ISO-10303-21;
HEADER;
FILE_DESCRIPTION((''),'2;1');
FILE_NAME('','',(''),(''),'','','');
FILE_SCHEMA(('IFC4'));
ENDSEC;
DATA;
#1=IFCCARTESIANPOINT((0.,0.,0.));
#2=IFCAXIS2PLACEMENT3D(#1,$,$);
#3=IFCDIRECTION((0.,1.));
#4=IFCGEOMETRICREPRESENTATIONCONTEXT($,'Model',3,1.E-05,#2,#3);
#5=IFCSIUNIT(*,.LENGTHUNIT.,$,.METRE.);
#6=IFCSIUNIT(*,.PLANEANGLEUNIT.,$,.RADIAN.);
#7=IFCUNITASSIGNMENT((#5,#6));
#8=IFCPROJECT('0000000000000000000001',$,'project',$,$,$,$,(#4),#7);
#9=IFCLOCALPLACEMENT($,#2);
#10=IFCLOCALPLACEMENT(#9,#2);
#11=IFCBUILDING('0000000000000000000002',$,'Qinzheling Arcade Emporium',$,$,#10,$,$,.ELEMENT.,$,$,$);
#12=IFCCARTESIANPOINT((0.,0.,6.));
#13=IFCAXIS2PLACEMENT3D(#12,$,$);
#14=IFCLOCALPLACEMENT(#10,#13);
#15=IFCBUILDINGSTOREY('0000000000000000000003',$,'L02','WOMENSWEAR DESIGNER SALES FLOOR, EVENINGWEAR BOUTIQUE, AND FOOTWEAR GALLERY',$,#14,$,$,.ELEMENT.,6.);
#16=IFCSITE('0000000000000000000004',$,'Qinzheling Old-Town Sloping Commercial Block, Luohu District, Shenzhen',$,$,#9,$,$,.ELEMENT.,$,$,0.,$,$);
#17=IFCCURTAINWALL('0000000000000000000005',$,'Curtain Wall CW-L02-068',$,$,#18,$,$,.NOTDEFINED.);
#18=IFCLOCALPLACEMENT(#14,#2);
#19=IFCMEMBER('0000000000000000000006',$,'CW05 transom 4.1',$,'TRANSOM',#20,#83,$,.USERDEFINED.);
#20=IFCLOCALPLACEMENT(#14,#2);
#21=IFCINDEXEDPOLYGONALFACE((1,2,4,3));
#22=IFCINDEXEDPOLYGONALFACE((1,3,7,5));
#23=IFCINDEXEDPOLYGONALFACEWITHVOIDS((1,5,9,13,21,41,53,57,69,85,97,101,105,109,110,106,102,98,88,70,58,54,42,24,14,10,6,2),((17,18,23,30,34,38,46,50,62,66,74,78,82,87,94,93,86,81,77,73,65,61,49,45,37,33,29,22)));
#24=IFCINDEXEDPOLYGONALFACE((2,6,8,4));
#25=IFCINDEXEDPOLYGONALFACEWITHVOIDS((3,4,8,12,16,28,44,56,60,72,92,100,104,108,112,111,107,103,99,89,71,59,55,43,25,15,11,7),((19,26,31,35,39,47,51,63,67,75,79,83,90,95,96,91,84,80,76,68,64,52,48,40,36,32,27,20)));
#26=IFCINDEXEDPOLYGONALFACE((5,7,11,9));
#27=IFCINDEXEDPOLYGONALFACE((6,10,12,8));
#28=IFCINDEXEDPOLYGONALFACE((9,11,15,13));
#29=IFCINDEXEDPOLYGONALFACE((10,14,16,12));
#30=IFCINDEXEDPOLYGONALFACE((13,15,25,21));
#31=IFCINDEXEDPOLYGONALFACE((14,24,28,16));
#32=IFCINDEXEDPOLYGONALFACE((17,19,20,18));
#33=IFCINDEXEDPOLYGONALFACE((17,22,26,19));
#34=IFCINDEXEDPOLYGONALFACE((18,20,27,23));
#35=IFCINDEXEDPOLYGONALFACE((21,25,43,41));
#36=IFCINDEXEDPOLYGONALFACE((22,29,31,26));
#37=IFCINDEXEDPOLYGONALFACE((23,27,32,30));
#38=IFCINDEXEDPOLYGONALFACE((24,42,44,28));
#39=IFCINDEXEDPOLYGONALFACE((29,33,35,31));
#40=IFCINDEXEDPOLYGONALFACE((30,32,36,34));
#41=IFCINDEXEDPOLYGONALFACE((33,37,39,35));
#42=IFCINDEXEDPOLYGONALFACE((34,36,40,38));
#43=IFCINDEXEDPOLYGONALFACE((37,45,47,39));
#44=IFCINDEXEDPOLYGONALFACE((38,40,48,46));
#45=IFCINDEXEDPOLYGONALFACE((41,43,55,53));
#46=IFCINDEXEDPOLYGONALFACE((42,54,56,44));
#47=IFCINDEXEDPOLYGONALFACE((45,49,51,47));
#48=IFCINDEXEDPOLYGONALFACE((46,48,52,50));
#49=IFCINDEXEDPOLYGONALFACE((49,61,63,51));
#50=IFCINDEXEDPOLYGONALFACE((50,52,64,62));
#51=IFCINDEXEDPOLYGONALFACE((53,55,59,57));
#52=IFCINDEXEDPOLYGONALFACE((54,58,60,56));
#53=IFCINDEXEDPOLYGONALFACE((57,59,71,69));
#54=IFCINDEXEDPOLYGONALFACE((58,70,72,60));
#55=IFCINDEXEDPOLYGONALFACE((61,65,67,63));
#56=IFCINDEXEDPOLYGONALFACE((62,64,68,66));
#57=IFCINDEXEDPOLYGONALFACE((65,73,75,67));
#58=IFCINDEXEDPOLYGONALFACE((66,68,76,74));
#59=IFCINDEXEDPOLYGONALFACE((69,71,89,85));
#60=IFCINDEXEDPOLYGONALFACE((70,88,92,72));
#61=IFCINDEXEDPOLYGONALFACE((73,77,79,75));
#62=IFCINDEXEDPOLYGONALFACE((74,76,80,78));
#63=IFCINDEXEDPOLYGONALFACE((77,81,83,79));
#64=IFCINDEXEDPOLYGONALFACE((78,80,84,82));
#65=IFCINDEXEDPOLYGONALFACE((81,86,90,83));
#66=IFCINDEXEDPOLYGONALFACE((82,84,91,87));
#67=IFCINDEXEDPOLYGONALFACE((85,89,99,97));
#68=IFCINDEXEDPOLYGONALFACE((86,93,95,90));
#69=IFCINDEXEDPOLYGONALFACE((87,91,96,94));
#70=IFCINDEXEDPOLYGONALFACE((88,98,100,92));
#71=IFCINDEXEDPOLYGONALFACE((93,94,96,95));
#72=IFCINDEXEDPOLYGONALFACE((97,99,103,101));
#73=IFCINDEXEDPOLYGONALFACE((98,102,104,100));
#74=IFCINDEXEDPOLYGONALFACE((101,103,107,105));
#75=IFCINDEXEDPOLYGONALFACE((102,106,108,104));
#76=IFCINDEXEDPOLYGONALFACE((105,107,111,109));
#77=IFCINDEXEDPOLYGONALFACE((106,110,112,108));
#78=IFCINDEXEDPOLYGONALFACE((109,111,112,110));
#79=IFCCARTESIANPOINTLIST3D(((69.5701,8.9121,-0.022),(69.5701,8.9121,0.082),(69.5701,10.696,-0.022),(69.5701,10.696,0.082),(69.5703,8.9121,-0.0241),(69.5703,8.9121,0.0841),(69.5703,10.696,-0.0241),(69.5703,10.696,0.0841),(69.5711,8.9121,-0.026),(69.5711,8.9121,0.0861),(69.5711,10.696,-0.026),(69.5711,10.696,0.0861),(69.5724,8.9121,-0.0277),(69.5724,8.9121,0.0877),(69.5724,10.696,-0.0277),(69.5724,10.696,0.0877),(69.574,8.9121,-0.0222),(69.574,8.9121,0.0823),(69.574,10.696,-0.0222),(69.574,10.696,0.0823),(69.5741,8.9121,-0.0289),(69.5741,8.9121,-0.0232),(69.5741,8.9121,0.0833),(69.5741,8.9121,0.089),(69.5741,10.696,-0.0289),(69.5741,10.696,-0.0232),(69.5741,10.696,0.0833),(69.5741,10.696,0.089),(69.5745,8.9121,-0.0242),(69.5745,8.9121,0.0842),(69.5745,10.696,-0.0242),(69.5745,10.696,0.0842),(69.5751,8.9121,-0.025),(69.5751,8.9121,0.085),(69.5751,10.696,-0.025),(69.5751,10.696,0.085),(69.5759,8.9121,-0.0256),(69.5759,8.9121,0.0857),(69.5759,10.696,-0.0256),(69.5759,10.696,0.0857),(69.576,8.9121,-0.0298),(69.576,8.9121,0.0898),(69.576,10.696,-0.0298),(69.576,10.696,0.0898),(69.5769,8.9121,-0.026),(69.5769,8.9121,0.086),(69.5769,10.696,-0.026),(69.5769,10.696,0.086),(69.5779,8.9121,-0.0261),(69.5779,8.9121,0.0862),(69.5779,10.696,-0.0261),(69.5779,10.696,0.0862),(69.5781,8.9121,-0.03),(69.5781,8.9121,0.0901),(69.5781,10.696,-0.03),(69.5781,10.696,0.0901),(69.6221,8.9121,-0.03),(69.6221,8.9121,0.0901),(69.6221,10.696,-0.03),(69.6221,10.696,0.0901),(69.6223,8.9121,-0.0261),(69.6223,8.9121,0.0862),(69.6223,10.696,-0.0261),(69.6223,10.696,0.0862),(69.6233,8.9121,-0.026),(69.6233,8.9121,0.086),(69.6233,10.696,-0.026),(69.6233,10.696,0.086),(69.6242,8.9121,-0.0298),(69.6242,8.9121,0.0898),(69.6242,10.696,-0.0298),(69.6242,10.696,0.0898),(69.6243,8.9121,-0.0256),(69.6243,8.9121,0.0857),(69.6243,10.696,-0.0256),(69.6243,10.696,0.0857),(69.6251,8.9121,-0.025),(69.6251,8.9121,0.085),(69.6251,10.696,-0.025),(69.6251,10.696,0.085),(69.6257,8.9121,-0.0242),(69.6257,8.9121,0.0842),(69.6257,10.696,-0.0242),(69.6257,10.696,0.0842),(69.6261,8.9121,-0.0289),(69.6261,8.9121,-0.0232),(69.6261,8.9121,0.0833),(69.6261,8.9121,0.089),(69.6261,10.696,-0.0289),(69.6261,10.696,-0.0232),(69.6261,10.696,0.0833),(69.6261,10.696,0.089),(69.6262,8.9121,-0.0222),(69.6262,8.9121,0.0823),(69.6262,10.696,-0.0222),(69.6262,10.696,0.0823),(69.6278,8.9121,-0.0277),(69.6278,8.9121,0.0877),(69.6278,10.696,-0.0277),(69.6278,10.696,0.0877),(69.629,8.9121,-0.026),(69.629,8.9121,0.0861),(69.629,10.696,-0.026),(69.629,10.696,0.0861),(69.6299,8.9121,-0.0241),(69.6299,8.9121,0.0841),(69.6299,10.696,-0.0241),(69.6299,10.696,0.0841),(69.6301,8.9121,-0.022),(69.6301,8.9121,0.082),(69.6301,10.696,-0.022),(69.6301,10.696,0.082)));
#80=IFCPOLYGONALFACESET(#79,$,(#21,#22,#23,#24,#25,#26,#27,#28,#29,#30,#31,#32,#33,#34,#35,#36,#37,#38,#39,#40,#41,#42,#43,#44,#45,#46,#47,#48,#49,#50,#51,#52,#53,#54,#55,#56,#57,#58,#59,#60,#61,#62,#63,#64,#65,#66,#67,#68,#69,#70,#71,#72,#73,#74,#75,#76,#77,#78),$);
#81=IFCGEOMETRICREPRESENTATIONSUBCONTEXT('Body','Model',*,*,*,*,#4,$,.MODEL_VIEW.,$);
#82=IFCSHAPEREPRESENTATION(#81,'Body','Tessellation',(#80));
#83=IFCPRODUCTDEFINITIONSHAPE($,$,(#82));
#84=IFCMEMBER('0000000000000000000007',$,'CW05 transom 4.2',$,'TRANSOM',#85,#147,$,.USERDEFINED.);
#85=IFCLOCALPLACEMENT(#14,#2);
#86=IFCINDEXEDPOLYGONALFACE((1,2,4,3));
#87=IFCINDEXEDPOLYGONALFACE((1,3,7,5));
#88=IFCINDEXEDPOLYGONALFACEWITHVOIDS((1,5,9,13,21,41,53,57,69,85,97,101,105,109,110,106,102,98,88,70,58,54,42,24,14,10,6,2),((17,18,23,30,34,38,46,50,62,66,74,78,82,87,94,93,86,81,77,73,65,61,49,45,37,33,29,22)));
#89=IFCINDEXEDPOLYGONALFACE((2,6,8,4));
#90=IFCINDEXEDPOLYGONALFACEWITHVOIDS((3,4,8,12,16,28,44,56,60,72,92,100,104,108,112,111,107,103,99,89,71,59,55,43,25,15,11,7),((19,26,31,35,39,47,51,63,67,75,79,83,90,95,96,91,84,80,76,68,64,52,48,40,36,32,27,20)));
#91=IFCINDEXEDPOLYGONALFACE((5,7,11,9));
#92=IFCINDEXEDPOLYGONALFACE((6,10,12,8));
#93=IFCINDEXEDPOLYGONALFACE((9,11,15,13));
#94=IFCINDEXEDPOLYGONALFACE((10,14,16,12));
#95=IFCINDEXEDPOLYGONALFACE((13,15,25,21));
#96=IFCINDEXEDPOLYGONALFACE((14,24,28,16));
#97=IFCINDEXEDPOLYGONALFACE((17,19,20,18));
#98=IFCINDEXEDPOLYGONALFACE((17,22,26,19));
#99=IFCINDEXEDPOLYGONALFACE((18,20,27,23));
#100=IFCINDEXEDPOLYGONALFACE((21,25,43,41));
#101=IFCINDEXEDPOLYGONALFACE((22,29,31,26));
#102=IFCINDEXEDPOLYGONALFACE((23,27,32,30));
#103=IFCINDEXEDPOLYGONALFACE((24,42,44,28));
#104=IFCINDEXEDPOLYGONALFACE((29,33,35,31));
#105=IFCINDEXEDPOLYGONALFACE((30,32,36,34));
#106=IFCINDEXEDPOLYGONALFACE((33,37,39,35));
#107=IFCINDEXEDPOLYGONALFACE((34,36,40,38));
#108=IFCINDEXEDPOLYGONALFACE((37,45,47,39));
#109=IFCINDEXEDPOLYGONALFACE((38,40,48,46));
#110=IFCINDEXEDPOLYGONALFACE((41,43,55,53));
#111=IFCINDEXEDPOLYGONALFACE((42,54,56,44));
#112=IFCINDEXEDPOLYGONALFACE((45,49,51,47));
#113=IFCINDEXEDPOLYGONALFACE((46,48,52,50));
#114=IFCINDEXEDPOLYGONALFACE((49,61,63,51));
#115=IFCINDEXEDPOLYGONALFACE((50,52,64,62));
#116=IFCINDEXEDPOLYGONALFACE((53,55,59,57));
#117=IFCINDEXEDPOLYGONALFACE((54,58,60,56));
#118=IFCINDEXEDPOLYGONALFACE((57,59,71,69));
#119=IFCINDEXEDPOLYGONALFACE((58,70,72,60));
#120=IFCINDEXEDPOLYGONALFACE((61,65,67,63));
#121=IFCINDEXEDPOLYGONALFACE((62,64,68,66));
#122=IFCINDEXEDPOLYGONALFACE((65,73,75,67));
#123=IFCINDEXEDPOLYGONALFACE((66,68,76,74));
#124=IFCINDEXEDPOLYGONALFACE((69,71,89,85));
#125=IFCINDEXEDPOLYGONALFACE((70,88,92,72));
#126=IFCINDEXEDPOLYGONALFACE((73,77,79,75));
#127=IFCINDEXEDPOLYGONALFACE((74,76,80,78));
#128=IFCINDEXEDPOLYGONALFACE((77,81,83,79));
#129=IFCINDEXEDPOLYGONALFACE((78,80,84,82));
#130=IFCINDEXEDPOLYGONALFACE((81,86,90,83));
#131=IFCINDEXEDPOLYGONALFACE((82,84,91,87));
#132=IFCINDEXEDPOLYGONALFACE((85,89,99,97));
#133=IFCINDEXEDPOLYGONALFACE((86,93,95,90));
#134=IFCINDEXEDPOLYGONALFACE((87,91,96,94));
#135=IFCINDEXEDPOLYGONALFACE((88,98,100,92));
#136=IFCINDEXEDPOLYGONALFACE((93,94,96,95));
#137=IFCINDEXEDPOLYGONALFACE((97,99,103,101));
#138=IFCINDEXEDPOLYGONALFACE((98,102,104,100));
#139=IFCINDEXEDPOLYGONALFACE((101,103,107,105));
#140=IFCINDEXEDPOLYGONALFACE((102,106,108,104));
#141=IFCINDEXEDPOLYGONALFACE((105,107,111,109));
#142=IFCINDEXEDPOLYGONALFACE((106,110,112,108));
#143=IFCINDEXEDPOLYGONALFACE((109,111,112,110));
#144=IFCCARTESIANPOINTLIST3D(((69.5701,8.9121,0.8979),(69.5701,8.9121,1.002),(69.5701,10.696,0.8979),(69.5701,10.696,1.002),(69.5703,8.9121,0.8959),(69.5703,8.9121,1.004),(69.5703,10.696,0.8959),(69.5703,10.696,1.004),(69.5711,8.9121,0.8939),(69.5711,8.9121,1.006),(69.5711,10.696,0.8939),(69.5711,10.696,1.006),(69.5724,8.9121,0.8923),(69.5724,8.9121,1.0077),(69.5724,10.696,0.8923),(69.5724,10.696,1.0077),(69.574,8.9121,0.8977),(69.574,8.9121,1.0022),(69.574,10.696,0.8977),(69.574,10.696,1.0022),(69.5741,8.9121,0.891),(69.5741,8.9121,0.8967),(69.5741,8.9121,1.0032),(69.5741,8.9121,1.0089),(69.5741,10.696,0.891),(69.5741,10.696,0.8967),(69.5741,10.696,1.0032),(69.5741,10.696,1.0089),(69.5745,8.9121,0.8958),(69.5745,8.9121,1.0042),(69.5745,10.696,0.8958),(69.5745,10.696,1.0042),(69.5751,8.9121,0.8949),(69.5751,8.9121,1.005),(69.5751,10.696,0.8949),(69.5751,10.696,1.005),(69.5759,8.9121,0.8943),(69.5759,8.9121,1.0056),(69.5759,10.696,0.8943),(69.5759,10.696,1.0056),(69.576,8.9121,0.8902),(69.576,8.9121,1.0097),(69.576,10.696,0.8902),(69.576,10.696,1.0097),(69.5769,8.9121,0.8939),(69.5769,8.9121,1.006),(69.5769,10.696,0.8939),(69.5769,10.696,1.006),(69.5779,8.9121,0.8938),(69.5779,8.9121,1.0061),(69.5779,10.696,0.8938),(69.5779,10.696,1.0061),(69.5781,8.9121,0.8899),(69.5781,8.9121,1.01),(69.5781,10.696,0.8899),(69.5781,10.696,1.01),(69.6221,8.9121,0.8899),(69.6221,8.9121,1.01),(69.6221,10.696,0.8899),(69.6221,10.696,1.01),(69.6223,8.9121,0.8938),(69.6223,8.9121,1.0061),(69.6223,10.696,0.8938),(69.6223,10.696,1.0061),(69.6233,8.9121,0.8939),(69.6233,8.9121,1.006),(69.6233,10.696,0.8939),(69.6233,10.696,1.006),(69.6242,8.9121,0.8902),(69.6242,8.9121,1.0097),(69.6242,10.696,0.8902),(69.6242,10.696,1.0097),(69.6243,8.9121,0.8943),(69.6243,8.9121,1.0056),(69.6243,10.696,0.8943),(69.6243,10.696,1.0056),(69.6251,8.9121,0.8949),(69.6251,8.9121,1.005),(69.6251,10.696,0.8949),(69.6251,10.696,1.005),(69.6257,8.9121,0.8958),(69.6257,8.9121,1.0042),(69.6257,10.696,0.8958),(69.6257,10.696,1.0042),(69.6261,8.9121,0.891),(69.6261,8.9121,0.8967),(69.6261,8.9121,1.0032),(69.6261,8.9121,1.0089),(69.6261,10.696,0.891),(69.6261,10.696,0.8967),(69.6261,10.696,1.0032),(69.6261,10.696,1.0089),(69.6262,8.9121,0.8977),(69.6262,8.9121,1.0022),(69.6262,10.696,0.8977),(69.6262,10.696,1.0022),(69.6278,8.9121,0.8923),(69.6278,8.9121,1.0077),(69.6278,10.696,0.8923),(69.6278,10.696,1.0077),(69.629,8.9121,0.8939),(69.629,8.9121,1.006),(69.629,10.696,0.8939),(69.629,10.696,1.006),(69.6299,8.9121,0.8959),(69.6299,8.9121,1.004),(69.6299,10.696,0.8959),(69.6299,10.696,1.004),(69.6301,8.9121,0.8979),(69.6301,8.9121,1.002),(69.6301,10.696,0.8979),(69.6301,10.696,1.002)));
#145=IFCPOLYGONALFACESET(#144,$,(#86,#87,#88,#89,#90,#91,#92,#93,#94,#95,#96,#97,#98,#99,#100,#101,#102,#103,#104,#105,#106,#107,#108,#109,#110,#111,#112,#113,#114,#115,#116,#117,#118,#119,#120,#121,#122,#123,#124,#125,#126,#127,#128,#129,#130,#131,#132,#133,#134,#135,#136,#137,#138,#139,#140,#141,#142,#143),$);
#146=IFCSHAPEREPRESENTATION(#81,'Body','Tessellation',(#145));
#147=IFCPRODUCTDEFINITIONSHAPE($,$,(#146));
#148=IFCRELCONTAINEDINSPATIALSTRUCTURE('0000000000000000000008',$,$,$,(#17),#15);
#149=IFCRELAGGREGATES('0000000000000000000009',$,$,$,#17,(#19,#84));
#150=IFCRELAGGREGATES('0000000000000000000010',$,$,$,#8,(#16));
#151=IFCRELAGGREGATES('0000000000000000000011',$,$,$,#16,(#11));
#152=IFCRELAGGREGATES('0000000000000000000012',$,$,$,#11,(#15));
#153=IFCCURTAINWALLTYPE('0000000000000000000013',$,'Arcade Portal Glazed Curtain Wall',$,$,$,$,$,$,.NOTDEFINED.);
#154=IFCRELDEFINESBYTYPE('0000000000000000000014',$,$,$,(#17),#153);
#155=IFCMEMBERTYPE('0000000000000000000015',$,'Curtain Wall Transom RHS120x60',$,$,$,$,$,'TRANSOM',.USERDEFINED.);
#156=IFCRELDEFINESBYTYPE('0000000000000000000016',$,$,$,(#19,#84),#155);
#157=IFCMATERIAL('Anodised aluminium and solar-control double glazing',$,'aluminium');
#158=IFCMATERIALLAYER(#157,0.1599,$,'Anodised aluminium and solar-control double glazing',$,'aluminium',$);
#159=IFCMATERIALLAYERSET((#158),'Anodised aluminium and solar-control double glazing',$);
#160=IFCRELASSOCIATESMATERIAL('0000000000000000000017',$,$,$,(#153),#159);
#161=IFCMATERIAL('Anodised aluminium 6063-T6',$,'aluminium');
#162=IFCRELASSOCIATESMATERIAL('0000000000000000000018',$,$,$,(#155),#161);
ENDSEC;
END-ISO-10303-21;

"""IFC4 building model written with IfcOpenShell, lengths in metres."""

from ifc_helpers import new_model, si_unit, direction, frame, origin, origin_2d, place, context, subcontext, project, spatial, hollow_rectangle, extrude, material, layer, layer_set, material_profile, profile_set, type_object, element, aggregate, save


model = new_model("IFC4")

# Units and contexts
model_context = context("Model", 3, precision=1e-05, world=origin(), true_north=direction((0.0, 1.0)))
body_context = subcontext(model_context, "Body", "Model", "MODEL_VIEW")
ifc_project = project(units=[si_unit("LENGTHUNIT", "METRE"), si_unit("PLANEANGLEUNIT", "RADIAN")], contexts=[model_context])

# Site, building, storey
site_placement = place(None, origin())
site = spatial("IfcSite", under=ifc_project, at=site_placement, Name="Qinzheling Old-Town Sloping Commercial Block, Luohu District, Shenzhen", CompositionType="ELEMENT", RefElevation=0.0)
building_placement = place(site_placement, origin())
building = spatial("IfcBuilding", under=site, at=building_placement, Name="Qinzheling Arcade Emporium", CompositionType="ELEMENT")
storey_placement = place(building_placement, frame((0.0, 0.0, 6.0)))
storey = spatial("IfcBuildingStorey", under=building, at=storey_placement, Name="L02", Description="WOMENSWEAR DESIGNER SALES FLOOR, EVENINGWEAR BOUTIQUE, AND FOOTWEAR GALLERY", CompositionType="ELEMENT", Elevation=6.0)

# Curtain wall, members
ifc_material_1 = material(Name="Anodised aluminium and solar-control double glazing", Category="aluminium")
ifc_layer_1 = layer(ifc_material_1, 0.1599, Name="Anodised aluminium and solar-control double glazing", Category="aluminium")
ifc_layer_set_1 = layer_set([ifc_layer_1], Name="Anodised aluminium and solar-control double glazing")
curtain_wall_type = type_object("IfcCurtainWallType", Name="Arcade Portal Glazed Curtain Wall", PredefinedType="NOTDEFINED", material=ifc_layer_set_1)
curtain_wall_placement = place(storey_placement, origin())
curtain_wall = element("IfcCurtainWall", 1, at=curtain_wall_placement, inside=storey, type_object=curtain_wall_type, Name="Curtain Wall CW-L02-068", PredefinedType="NOTDEFINED")
ifc_material_2 = material(Name="Anodised aluminium 6063-T6", Category="aluminium")
ifc_material_profile_1 = material_profile(ifc_material_2, hollow_rectangle(XDim=0.0601, YDim=0.1201, WallThickness=0.0039, InnerFilletRadius=0.0039, OuterFilletRadius=0.0081, at=origin_2d()), Name="RHS 120x60x4", Category="aluminium")
ifc_profile_set_1 = profile_set([ifc_material_profile_1], Name="Anodised aluminium 6063-T6")
member_type_1 = type_object("IfcMemberType", Name="Curtain Wall Transom RHS120x60", ElementType="TRANSOM", PredefinedType="USERDEFINED", material=ifc_profile_set_1)
member_1_placement = place(storey_placement, frame((69.6001, 10.696, 0.03), z_axis=(0.0, -1.0, 0.0), x_axis=(1.0, 0.0, 0.0)))
member_1 = element("IfcMember", 2, at=member_1_placement, type_object=member_type_1, Name="CW05 transom 4.1", ObjectType="TRANSOM", PredefinedType="USERDEFINED", context=body_context, shape_type="SweptSolid", body=[
    extrude(hollow_rectangle(XDim=0.0601, YDim=0.1201, WallThickness=0.0039, InnerFilletRadius=0.0039, OuterFilletRadius=0.0081, at=origin_2d()), origin(), (0.0, 0.0, 1.0), 1.7839),
])
member_2_placement = place(storey_placement, frame((69.6001, 10.696, 0.95), z_axis=(0.0, -1.0, 0.0), x_axis=(1.0, 0.0, 0.0)))
member_2 = element("IfcMember", 3, at=member_2_placement, type_object=member_type_1, Name="CW05 transom 4.2", ObjectType="TRANSOM", PredefinedType="USERDEFINED", context=body_context, shape_type="SweptSolid", body=[
    extrude(hollow_rectangle(XDim=0.0601, YDim=0.1201, WallThickness=0.0039, InnerFilletRadius=0.0039, OuterFilletRadius=0.0081, at=origin_2d()), origin(), (0.0, 0.0, 1.0), 1.7839),
])
aggregate(curtain_wall, [member_1, member_2])

save(model, "model.ifc")
